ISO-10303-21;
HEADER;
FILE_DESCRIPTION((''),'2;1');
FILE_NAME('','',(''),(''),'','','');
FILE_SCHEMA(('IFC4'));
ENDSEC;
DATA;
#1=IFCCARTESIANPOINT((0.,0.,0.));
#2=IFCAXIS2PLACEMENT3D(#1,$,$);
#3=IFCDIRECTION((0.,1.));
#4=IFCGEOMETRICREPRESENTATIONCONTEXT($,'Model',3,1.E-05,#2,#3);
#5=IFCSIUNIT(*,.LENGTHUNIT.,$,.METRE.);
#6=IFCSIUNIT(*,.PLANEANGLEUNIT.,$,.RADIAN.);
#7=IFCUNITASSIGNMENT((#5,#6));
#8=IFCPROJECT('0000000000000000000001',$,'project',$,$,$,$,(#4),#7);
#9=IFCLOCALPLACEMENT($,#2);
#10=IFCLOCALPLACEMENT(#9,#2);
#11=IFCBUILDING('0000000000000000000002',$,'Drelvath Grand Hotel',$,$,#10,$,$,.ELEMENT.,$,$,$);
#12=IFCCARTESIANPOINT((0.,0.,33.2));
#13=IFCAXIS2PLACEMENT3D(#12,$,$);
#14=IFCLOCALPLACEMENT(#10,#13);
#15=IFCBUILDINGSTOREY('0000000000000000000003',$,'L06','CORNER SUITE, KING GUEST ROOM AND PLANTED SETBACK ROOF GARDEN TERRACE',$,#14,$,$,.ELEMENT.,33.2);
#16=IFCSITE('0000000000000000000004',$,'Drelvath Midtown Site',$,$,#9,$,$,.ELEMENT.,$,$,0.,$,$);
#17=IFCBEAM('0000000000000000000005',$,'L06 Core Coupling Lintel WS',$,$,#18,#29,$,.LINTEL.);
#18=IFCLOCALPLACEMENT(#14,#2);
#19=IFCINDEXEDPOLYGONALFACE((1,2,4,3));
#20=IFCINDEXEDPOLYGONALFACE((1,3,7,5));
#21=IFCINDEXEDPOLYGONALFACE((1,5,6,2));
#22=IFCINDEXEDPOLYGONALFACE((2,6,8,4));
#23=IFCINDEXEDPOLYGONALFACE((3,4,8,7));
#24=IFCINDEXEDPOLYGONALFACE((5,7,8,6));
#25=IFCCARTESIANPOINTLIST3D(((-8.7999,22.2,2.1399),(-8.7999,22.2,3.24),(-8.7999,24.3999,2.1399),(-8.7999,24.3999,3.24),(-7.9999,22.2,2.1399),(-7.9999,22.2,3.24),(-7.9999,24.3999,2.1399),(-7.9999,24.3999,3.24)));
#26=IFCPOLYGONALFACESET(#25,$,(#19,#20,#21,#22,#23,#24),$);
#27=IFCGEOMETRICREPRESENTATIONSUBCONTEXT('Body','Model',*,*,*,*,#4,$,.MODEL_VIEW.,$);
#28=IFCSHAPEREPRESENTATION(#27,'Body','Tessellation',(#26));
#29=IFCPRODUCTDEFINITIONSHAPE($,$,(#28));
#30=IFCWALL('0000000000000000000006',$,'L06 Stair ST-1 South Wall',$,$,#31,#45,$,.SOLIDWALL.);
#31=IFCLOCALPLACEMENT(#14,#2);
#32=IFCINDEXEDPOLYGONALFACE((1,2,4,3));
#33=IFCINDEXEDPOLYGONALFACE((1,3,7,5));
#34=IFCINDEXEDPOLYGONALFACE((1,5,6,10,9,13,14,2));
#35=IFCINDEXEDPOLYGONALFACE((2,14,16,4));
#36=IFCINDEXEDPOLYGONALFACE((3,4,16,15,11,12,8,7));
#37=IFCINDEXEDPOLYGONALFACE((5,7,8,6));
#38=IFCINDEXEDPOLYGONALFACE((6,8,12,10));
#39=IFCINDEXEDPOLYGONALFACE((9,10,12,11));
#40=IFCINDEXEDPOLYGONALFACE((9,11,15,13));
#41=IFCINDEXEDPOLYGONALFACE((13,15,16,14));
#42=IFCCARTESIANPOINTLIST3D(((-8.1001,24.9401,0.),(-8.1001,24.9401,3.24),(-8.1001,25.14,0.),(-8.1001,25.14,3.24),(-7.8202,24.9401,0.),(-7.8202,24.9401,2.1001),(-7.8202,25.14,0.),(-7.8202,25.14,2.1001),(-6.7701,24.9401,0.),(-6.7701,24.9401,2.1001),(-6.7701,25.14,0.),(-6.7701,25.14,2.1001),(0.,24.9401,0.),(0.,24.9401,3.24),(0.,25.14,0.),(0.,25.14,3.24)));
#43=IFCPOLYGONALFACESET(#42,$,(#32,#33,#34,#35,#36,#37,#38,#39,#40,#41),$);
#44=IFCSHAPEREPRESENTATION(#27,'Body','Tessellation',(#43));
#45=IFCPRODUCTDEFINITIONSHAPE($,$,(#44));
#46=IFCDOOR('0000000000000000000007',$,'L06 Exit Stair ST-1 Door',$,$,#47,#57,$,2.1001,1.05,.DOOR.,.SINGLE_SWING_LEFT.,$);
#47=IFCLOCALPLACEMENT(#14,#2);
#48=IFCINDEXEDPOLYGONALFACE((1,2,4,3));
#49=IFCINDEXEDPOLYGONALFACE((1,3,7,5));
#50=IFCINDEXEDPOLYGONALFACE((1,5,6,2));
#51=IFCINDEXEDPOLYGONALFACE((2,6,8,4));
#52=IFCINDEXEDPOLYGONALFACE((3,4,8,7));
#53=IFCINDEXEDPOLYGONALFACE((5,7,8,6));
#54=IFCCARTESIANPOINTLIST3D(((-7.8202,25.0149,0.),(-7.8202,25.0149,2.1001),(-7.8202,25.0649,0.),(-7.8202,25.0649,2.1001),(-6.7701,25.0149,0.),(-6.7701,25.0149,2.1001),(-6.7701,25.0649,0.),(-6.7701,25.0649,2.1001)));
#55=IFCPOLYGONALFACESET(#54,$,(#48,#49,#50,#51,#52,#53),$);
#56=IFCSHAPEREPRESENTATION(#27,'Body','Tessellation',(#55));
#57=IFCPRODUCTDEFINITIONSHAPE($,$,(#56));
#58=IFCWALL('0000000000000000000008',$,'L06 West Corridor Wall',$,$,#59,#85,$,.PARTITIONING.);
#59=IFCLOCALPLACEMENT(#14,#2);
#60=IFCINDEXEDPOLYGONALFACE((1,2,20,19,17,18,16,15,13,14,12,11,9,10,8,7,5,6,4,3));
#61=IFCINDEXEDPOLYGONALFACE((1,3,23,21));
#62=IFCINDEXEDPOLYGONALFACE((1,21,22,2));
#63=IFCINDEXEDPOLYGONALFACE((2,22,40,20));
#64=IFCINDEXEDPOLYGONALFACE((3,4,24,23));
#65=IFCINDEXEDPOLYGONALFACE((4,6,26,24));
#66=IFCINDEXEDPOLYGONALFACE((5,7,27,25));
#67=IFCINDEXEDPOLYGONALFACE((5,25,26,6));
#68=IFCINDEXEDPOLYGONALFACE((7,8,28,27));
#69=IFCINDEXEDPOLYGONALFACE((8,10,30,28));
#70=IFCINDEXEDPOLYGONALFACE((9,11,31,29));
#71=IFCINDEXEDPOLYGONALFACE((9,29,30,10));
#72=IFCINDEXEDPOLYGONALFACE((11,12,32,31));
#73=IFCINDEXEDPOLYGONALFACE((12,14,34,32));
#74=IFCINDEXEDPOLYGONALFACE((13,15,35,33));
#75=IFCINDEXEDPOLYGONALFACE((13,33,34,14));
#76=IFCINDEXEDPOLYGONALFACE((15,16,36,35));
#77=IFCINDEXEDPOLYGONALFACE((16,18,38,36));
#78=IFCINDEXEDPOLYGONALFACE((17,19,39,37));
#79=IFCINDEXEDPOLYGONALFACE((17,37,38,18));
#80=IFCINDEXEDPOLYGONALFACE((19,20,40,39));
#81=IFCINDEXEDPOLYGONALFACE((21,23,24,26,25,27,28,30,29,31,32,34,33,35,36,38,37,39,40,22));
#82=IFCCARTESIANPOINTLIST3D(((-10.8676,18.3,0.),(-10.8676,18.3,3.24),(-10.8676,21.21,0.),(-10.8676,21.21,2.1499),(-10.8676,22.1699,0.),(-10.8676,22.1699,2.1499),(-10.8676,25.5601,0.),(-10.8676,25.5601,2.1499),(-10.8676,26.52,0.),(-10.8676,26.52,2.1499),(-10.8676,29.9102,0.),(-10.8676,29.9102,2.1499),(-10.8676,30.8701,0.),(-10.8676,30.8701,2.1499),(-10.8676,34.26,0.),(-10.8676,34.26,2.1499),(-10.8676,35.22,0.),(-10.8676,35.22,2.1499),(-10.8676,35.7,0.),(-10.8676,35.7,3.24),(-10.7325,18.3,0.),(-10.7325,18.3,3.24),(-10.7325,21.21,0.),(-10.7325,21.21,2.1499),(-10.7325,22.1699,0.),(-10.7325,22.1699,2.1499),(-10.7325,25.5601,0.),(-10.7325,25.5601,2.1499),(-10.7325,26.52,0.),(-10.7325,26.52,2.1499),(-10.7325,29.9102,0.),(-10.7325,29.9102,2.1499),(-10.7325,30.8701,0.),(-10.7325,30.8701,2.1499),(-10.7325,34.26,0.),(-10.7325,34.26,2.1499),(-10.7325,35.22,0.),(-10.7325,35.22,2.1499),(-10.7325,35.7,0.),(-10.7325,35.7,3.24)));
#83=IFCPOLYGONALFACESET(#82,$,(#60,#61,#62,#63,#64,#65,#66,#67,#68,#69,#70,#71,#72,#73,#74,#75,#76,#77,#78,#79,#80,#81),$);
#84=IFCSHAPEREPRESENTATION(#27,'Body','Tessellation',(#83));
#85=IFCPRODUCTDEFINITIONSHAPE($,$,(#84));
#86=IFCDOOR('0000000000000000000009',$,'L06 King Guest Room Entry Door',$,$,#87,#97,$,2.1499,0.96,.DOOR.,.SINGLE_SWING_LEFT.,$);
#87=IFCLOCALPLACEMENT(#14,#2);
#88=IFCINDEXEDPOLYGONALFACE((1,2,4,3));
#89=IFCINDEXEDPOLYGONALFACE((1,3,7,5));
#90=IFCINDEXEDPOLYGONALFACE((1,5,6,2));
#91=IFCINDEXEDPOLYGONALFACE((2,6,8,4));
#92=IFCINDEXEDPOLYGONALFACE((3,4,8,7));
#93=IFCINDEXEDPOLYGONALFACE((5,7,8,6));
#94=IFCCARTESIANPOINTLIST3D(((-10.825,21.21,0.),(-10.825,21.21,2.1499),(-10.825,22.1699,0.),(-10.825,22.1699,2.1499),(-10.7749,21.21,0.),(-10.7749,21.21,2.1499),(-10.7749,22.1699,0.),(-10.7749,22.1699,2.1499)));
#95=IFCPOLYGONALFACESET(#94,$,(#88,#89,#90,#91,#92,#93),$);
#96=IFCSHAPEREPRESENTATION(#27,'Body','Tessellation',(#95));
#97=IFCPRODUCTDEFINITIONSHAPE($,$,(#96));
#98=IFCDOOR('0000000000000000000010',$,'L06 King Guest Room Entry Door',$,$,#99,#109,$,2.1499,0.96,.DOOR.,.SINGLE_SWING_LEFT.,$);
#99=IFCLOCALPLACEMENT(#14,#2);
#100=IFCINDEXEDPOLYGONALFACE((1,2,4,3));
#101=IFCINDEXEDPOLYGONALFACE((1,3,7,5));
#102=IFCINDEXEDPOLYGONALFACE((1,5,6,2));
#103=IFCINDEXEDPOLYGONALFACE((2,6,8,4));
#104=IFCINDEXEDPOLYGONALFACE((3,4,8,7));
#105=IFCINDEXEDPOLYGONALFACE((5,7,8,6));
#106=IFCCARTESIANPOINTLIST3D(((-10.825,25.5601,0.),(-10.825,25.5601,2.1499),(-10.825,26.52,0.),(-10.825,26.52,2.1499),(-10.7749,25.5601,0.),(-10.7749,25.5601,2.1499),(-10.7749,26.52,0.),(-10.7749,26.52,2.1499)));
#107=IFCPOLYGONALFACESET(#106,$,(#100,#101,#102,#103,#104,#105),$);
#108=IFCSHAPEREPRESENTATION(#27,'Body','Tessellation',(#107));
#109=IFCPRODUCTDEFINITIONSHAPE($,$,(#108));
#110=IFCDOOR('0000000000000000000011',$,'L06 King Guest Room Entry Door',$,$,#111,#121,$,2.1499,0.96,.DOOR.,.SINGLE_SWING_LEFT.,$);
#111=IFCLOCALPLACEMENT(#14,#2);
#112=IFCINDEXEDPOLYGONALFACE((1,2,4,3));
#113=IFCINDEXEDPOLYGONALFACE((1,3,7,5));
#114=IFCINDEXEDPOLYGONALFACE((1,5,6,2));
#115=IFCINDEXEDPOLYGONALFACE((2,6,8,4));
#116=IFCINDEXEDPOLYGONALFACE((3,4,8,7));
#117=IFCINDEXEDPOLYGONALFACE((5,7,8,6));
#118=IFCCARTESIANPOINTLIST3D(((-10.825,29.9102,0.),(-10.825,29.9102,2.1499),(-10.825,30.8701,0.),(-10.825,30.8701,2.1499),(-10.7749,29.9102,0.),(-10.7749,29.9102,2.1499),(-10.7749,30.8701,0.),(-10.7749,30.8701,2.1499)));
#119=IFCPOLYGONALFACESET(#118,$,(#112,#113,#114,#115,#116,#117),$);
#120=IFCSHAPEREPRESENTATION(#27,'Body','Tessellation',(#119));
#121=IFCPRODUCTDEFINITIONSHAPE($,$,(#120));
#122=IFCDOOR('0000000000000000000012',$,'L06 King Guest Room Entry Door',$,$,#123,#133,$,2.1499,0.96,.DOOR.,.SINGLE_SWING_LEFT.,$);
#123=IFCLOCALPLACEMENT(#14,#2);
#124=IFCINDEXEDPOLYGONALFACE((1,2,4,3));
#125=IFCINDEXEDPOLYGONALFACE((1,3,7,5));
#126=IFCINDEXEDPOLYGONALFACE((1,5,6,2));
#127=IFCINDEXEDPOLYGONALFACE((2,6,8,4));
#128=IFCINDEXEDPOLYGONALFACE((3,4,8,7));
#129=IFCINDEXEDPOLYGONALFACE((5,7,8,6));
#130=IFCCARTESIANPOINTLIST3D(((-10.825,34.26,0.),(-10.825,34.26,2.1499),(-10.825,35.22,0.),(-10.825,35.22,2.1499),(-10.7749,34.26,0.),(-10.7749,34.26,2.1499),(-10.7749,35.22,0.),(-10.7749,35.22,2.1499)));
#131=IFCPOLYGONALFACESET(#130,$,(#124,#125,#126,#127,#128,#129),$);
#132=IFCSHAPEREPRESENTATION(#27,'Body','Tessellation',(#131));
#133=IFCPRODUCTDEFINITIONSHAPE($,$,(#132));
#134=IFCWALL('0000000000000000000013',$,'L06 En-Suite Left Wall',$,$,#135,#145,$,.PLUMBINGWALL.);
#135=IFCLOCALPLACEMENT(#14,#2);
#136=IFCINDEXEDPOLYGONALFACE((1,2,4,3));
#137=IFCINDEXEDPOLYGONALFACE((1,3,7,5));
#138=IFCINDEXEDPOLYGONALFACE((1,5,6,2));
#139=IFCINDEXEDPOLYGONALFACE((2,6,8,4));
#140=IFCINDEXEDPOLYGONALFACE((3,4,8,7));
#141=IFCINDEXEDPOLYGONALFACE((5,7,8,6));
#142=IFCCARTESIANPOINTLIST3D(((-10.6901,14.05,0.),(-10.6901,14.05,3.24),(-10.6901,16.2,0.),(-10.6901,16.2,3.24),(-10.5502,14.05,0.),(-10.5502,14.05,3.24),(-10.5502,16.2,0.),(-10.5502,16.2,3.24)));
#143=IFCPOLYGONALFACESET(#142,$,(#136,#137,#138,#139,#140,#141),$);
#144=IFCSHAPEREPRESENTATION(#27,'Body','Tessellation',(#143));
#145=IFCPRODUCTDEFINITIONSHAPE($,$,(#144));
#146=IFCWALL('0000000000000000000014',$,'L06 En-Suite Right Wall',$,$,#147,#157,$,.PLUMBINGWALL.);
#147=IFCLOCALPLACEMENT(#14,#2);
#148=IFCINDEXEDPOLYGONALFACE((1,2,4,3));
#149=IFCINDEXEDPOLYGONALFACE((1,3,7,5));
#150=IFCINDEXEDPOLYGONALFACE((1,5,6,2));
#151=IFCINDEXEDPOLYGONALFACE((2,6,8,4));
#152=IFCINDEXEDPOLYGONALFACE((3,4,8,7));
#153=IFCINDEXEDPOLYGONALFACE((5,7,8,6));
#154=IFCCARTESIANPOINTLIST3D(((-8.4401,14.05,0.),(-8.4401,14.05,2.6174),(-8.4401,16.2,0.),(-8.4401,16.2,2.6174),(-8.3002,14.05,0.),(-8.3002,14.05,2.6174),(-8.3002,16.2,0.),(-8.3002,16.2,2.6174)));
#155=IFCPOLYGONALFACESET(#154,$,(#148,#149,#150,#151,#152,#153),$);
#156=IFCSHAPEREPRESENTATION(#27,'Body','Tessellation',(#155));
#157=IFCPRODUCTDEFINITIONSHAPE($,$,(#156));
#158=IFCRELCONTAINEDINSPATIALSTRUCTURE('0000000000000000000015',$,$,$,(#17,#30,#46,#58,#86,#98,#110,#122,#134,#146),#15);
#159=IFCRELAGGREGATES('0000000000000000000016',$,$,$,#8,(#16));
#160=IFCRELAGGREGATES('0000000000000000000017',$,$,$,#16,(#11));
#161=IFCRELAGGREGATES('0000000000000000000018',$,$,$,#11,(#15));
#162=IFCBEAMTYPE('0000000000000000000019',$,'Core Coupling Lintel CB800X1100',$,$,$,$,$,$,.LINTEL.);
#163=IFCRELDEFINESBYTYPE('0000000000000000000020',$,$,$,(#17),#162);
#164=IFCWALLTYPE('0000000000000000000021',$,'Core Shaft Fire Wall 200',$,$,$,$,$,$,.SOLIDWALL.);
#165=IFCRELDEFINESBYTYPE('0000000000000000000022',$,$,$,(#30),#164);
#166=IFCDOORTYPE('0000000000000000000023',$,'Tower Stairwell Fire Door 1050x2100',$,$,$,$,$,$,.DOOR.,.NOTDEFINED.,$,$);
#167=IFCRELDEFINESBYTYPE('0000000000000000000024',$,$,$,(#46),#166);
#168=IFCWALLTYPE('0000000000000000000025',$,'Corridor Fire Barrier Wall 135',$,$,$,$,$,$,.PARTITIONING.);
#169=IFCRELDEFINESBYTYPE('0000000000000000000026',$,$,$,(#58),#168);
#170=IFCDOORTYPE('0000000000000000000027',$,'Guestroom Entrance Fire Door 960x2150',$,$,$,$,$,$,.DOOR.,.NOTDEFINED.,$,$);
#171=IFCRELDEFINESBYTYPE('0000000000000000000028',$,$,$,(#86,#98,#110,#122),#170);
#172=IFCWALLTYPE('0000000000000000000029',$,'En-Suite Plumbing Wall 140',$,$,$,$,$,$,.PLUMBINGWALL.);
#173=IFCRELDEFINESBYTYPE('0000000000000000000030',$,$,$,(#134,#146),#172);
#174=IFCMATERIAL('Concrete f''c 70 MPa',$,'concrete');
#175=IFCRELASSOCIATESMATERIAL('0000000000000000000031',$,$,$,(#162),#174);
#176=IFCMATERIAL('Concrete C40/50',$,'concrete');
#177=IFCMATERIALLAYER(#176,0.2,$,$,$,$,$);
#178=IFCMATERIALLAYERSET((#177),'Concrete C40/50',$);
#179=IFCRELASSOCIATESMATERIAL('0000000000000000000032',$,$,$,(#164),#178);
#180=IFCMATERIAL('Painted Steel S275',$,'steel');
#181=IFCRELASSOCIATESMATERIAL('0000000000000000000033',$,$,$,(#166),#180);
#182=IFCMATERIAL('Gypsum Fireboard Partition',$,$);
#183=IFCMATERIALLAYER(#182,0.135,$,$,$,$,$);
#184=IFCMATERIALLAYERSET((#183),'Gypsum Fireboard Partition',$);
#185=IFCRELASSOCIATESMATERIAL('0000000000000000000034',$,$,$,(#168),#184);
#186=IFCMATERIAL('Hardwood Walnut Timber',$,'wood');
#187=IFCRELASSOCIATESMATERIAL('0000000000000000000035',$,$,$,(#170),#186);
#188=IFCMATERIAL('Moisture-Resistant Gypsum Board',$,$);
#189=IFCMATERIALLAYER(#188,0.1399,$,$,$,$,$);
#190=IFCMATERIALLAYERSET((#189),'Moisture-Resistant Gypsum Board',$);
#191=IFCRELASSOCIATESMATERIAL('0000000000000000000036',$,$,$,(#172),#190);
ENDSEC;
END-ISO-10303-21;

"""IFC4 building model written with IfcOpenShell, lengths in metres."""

from ifc_helpers import new_model, si_unit, direction, frame, frame_2d, origin, origin_2d, place, context, subcontext, project, spatial, rectangle, extrude, material, layer, layer_set, material_profile, profile_set, type_object, element, fill, save


model = new_model("IFC4")

# Units and contexts
model_context = context("Model", 3, precision=1e-05, world=origin(), true_north=direction((0.0, 1.0)))
body_context = subcontext(model_context, "Body", "Model", "MODEL_VIEW")
ifc_project = project(units=[si_unit("LENGTHUNIT", "METRE"), si_unit("PLANEANGLEUNIT", "RADIAN")], contexts=[model_context])

# Site, building, storey
site_placement = place(None, origin())
site = spatial("IfcSite", under=ifc_project, at=site_placement, Name="Drelvath Midtown Site", CompositionType="ELEMENT", RefElevation=0.0)
building_placement = place(site_placement, origin())
building = spatial("IfcBuilding", under=site, at=building_placement, Name="Drelvath Grand Hotel", CompositionType="ELEMENT")
storey_placement = place(building_placement, frame((0.0, 0.0, 33.2)))
storey = spatial("IfcBuildingStorey", under=building, at=storey_placement, Name="L06", Description="CORNER SUITE, KING GUEST ROOM AND PLANTED SETBACK ROOF GARDEN TERRACE", CompositionType="ELEMENT", Elevation=33.2)

# Beam
ifc_material_1 = material(Name="Concrete f'c 70 MPa", Category="concrete")
ifc_material_profile = material_profile(ifc_material_1, rectangle(XDim=0.8, YDim=1.1001, at=origin_2d()), Name="CB800X1100")
ifc_profile_set = profile_set([ifc_material_profile], Name="Concrete f'c 70 MPa")
beam_type = type_object("IfcBeamType", Name="Core Coupling Lintel CB800X1100", PredefinedType="LINTEL", material=ifc_profile_set)
beam_placement = place(storey_placement, frame((-8.3999, 22.2, 2.6899), z_axis=(0.0, 1.0, 0.0), x_axis=(-1.0, 0.0, 0.0)))
element("IfcBeam", 1, at=beam_placement, inside=storey, type_object=beam_type, Name="L06 Core Coupling Lintel WS", PredefinedType="LINTEL", context=body_context, shape_type="SweptSolid", body=[
    extrude(rectangle(XDim=0.8, YDim=1.1001, at=origin_2d()), origin(), (0.0, 0.0, 1.0), 2.2),
])

# Wall, opening, door
ifc_material_2 = material(Name="Concrete C40/50", Category="concrete")
ifc_layer_1 = layer(ifc_material_2, 0.2)
ifc_layer_set_1 = layer_set([ifc_layer_1], Name="Concrete C40/50")
wall_type_1 = type_object("IfcWallType", Name="Core Shaft Fire Wall 200", PredefinedType="SOLIDWALL", material=ifc_layer_set_1)
wall_1_placement = place(storey_placement, frame((-8.1001, 25.04, 0.0), z_axis=(0.0, 0.0, 1.0), x_axis=(1.0, 0.0, 0.0)))
wall_1 = element("IfcWall", 2, at=wall_1_placement, inside=storey, type_object=wall_type_1, Name="L06 Stair ST-1 South Wall", PredefinedType="SOLIDWALL", context=body_context, shape_type="SweptSolid", body=[
    extrude(rectangle(XDim=8.1001, YDim=0.2, at=frame_2d((4.05, 0.0))), origin(), (0.0, 0.0, 1.0), 3.24),
])
opening_1_placement = place(wall_1_placement, frame((0.28, 0.0, 0.0)))
opening_1 = element("IfcOpeningElement", 3, at=opening_1_placement, cuts=wall_1, PredefinedType="OPENING", context=body_context, shape_type="SweptSolid", body=[
    extrude(rectangle(XDim=1.05, YDim=2.1001, at=frame_2d((0.5249, 1.05))), frame((0.0, 0.1099, 0.0), z_axis=(0.0, -1.0, 0.0), x_axis=(1.0, 0.0, 0.0)), (0.0, 0.0, 1.0), 0.22),
])
ifc_material_3 = material(Name="Painted Steel S275", Category="steel")
door_type_1 = type_object("IfcDoorType", Name="Tower Stairwell Fire Door 1050x2100", OperationType="NOTDEFINED", PredefinedType="DOOR", material=ifc_material_3)
door_1_placement = place(opening_1_placement, origin())
door_1 = element("IfcDoor", 4, at=door_1_placement, inside=storey, type_object=door_type_1, Name="L06 Exit Stair ST-1 Door", OperationType="SINGLE_SWING_LEFT", OverallHeight=2.1001, OverallWidth=1.05, PredefinedType="DOOR", context=body_context, shape_type="SweptSolid", body=[
    extrude(rectangle(XDim=1.05, YDim=2.1001, at=frame_2d((0.5249, 1.05))), frame((0.0, 0.0249, 0.0), z_axis=(0.0, -1.0, 0.0), x_axis=(1.0, 0.0, 0.0)), (0.0, 0.0, 1.0), 0.05),
])
fill(opening_1, door_1)

# Wall, openings, doors
ifc_material_4 = material(Name="Gypsum Fireboard Partition")
ifc_layer_2 = layer(ifc_material_4, 0.135)
ifc_layer_set_2 = layer_set([ifc_layer_2], Name="Gypsum Fireboard Partition")
wall_type_2 = type_object("IfcWallType", Name="Corridor Fire Barrier Wall 135", PredefinedType="PARTITIONING", material=ifc_layer_set_2)
wall_2_placement = place(storey_placement, frame((-10.8, 18.3, 0.0), z_axis=(0.0, 0.0, 1.0), x_axis=(0.0, 1.0, 0.0)))
wall_2 = element("IfcWall", 5, at=wall_2_placement, inside=storey, type_object=wall_type_2, Name="L06 West Corridor Wall", PredefinedType="PARTITIONING", context=body_context, shape_type="SweptSolid", body=[
    extrude(rectangle(XDim=17.3999, YDim=0.135, at=frame_2d((8.7, 0.0))), origin(), (0.0, 0.0, 1.0), 3.24),
])
opening_2_placement = place(wall_2_placement, frame((2.9099, 0.0, 0.0)))
opening_2 = element("IfcOpeningElement", 6, at=opening_2_placement, cuts=wall_2, PredefinedType="OPENING", context=body_context, shape_type="SweptSolid", body=[
    extrude(rectangle(XDim=0.96, YDim=2.1499, at=frame_2d((0.48, 1.075))), frame((0.0, 0.0774, 0.0), z_axis=(0.0, -1.0, 0.0), x_axis=(1.0, 0.0, 0.0)), (0.0, 0.0, 1.0), 0.155),
])
opening_3_placement = place(wall_2_placement, frame((7.26, 0.0, 0.0)))
opening_3 = element("IfcOpeningElement", 7, at=opening_3_placement, cuts=wall_2, PredefinedType="OPENING", context=body_context, shape_type="SweptSolid", body=[
    extrude(rectangle(XDim=0.96, YDim=2.1499, at=frame_2d((0.48, 1.075))), frame((0.0, 0.0774, 0.0), z_axis=(0.0, -1.0, 0.0), x_axis=(1.0, 0.0, 0.0)), (0.0, 0.0, 1.0), 0.155),
])
opening_4_placement = place(wall_2_placement, frame((11.6101, 0.0, 0.0)))
opening_4 = element("IfcOpeningElement", 8, at=opening_4_placement, cuts=wall_2, PredefinedType="OPENING", context=body_context, shape_type="SweptSolid", body=[
    extrude(rectangle(XDim=0.96, YDim=2.1499, at=frame_2d((0.48, 1.075))), frame((0.0, 0.0774, 0.0), z_axis=(0.0, -1.0, 0.0), x_axis=(1.0, 0.0, 0.0)), (0.0, 0.0, 1.0), 0.155),
])
opening_5_placement = place(wall_2_placement, frame((15.96, 0.0, 0.0)))
opening_5 = element("IfcOpeningElement", 9, at=opening_5_placement, cuts=wall_2, PredefinedType="OPENING", context=body_context, shape_type="SweptSolid", body=[
    extrude(rectangle(XDim=0.96, YDim=2.1499, at=frame_2d((0.48, 1.075))), frame((0.0, 0.0774, 0.0), z_axis=(0.0, -1.0, 0.0), x_axis=(1.0, 0.0, 0.0)), (0.0, 0.0, 1.0), 0.155),
])
ifc_material_5 = material(Name="Hardwood Walnut Timber", Category="wood")
door_type_2 = type_object("IfcDoorType", Name="Guestroom Entrance Fire Door 960x2150", OperationType="NOTDEFINED", PredefinedType="DOOR", material=ifc_material_5)
door_2_placement = place(opening_2_placement, origin())
door_2 = element("IfcDoor", 10, at=door_2_placement, inside=storey, type_object=door_type_2, Name="L06 King Guest Room Entry Door", OperationType="SINGLE_SWING_LEFT", OverallHeight=2.1499, OverallWidth=0.96, PredefinedType="DOOR", context=body_context, shape_type="SweptSolid", body=[
    extrude(rectangle(XDim=0.96, YDim=2.1499, at=frame_2d((0.48, 1.075))), frame((0.0, 0.0249, 0.0), z_axis=(0.0, -1.0, 0.0), x_axis=(1.0, 0.0, 0.0)), (0.0, 0.0, 1.0), 0.05),
])
fill(opening_2, door_2)
door_3_placement = place(opening_3_placement, origin())
door_3 = element("IfcDoor", 11, at=door_3_placement, inside=storey, type_object=door_type_2, Name="L06 King Guest Room Entry Door", OperationType="SINGLE_SWING_LEFT", OverallHeight=2.1499, OverallWidth=0.96, PredefinedType="DOOR", context=body_context, shape_type="SweptSolid", body=[
    extrude(rectangle(XDim=0.96, YDim=2.1499, at=frame_2d((0.48, 1.075))), frame((0.0, 0.0249, 0.0), z_axis=(0.0, -1.0, 0.0), x_axis=(1.0, 0.0, 0.0)), (0.0, 0.0, 1.0), 0.05),
])
fill(opening_3, door_3)
door_4_placement = place(opening_4_placement, origin())
door_4 = element("IfcDoor", 12, at=door_4_placement, inside=storey, type_object=door_type_2, Name="L06 King Guest Room Entry Door", OperationType="SINGLE_SWING_LEFT", OverallHeight=2.1499, OverallWidth=0.96, PredefinedType="DOOR", context=body_context, shape_type="SweptSolid", body=[
    extrude(rectangle(XDim=0.96, YDim=2.1499, at=frame_2d((0.48, 1.075))), frame((0.0, 0.0249, 0.0), z_axis=(0.0, -1.0, 0.0), x_axis=(1.0, 0.0, 0.0)), (0.0, 0.0, 1.0), 0.05),
])
fill(opening_4, door_4)
door_5_placement = place(opening_5_placement, origin())
door_5 = element("IfcDoor", 13, at=door_5_placement, inside=storey, type_object=door_type_2, Name="L06 King Guest Room Entry Door", OperationType="SINGLE_SWING_LEFT", OverallHeight=2.1499, OverallWidth=0.96, PredefinedType="DOOR", context=body_context, shape_type="SweptSolid", body=[
    extrude(rectangle(XDim=0.96, YDim=2.1499, at=frame_2d((0.48, 1.075))), frame((0.0, 0.0249, 0.0), z_axis=(0.0, -1.0, 0.0), x_axis=(1.0, 0.0, 0.0)), (0.0, 0.0, 1.0), 0.05),
])
fill(opening_5, door_5)

# Walls
ifc_material_6 = material(Name="Moisture-Resistant Gypsum Board")
ifc_layer_3 = layer(ifc_material_6, 0.1399)
ifc_layer_set_3 = layer_set([ifc_layer_3], Name="Moisture-Resistant Gypsum Board")
wall_type_3 = type_object("IfcWallType", Name="En-Suite Plumbing Wall 140", PredefinedType="PLUMBINGWALL", material=ifc_layer_set_3)
wall_3_placement = place(storey_placement, frame((-10.6201, 16.2, 0.0), z_axis=(0.0, 0.0, 1.0), x_axis=(0.0, -1.0, 0.0)))
element("IfcWall", 14, at=wall_3_placement, inside=storey, type_object=wall_type_3, Name="L06 En-Suite Left Wall", PredefinedType="PLUMBINGWALL", context=body_context, shape_type="SweptSolid", body=[
    extrude(rectangle(XDim=2.1499, YDim=0.1399, at=frame_2d((1.075, 0.0))), origin(), (0.0, 0.0, 1.0), 3.24),
])
wall_4_placement = place(storey_placement, frame((-8.3701, 16.2, 0.0), z_axis=(0.0, 0.0, 1.0), x_axis=(0.0, -1.0, 0.0)))
element("IfcWall", 15, at=wall_4_placement, inside=storey, type_object=wall_type_3, Name="L06 En-Suite Right Wall", PredefinedType="PLUMBINGWALL", context=body_context, shape_type="SweptSolid", body=[
    extrude(rectangle(XDim=2.1499, YDim=0.1399, at=frame_2d((1.075, 0.0))), origin(), (0.0, 0.0, 1.0), 2.6174),
])

save(model, "model.ifc")
